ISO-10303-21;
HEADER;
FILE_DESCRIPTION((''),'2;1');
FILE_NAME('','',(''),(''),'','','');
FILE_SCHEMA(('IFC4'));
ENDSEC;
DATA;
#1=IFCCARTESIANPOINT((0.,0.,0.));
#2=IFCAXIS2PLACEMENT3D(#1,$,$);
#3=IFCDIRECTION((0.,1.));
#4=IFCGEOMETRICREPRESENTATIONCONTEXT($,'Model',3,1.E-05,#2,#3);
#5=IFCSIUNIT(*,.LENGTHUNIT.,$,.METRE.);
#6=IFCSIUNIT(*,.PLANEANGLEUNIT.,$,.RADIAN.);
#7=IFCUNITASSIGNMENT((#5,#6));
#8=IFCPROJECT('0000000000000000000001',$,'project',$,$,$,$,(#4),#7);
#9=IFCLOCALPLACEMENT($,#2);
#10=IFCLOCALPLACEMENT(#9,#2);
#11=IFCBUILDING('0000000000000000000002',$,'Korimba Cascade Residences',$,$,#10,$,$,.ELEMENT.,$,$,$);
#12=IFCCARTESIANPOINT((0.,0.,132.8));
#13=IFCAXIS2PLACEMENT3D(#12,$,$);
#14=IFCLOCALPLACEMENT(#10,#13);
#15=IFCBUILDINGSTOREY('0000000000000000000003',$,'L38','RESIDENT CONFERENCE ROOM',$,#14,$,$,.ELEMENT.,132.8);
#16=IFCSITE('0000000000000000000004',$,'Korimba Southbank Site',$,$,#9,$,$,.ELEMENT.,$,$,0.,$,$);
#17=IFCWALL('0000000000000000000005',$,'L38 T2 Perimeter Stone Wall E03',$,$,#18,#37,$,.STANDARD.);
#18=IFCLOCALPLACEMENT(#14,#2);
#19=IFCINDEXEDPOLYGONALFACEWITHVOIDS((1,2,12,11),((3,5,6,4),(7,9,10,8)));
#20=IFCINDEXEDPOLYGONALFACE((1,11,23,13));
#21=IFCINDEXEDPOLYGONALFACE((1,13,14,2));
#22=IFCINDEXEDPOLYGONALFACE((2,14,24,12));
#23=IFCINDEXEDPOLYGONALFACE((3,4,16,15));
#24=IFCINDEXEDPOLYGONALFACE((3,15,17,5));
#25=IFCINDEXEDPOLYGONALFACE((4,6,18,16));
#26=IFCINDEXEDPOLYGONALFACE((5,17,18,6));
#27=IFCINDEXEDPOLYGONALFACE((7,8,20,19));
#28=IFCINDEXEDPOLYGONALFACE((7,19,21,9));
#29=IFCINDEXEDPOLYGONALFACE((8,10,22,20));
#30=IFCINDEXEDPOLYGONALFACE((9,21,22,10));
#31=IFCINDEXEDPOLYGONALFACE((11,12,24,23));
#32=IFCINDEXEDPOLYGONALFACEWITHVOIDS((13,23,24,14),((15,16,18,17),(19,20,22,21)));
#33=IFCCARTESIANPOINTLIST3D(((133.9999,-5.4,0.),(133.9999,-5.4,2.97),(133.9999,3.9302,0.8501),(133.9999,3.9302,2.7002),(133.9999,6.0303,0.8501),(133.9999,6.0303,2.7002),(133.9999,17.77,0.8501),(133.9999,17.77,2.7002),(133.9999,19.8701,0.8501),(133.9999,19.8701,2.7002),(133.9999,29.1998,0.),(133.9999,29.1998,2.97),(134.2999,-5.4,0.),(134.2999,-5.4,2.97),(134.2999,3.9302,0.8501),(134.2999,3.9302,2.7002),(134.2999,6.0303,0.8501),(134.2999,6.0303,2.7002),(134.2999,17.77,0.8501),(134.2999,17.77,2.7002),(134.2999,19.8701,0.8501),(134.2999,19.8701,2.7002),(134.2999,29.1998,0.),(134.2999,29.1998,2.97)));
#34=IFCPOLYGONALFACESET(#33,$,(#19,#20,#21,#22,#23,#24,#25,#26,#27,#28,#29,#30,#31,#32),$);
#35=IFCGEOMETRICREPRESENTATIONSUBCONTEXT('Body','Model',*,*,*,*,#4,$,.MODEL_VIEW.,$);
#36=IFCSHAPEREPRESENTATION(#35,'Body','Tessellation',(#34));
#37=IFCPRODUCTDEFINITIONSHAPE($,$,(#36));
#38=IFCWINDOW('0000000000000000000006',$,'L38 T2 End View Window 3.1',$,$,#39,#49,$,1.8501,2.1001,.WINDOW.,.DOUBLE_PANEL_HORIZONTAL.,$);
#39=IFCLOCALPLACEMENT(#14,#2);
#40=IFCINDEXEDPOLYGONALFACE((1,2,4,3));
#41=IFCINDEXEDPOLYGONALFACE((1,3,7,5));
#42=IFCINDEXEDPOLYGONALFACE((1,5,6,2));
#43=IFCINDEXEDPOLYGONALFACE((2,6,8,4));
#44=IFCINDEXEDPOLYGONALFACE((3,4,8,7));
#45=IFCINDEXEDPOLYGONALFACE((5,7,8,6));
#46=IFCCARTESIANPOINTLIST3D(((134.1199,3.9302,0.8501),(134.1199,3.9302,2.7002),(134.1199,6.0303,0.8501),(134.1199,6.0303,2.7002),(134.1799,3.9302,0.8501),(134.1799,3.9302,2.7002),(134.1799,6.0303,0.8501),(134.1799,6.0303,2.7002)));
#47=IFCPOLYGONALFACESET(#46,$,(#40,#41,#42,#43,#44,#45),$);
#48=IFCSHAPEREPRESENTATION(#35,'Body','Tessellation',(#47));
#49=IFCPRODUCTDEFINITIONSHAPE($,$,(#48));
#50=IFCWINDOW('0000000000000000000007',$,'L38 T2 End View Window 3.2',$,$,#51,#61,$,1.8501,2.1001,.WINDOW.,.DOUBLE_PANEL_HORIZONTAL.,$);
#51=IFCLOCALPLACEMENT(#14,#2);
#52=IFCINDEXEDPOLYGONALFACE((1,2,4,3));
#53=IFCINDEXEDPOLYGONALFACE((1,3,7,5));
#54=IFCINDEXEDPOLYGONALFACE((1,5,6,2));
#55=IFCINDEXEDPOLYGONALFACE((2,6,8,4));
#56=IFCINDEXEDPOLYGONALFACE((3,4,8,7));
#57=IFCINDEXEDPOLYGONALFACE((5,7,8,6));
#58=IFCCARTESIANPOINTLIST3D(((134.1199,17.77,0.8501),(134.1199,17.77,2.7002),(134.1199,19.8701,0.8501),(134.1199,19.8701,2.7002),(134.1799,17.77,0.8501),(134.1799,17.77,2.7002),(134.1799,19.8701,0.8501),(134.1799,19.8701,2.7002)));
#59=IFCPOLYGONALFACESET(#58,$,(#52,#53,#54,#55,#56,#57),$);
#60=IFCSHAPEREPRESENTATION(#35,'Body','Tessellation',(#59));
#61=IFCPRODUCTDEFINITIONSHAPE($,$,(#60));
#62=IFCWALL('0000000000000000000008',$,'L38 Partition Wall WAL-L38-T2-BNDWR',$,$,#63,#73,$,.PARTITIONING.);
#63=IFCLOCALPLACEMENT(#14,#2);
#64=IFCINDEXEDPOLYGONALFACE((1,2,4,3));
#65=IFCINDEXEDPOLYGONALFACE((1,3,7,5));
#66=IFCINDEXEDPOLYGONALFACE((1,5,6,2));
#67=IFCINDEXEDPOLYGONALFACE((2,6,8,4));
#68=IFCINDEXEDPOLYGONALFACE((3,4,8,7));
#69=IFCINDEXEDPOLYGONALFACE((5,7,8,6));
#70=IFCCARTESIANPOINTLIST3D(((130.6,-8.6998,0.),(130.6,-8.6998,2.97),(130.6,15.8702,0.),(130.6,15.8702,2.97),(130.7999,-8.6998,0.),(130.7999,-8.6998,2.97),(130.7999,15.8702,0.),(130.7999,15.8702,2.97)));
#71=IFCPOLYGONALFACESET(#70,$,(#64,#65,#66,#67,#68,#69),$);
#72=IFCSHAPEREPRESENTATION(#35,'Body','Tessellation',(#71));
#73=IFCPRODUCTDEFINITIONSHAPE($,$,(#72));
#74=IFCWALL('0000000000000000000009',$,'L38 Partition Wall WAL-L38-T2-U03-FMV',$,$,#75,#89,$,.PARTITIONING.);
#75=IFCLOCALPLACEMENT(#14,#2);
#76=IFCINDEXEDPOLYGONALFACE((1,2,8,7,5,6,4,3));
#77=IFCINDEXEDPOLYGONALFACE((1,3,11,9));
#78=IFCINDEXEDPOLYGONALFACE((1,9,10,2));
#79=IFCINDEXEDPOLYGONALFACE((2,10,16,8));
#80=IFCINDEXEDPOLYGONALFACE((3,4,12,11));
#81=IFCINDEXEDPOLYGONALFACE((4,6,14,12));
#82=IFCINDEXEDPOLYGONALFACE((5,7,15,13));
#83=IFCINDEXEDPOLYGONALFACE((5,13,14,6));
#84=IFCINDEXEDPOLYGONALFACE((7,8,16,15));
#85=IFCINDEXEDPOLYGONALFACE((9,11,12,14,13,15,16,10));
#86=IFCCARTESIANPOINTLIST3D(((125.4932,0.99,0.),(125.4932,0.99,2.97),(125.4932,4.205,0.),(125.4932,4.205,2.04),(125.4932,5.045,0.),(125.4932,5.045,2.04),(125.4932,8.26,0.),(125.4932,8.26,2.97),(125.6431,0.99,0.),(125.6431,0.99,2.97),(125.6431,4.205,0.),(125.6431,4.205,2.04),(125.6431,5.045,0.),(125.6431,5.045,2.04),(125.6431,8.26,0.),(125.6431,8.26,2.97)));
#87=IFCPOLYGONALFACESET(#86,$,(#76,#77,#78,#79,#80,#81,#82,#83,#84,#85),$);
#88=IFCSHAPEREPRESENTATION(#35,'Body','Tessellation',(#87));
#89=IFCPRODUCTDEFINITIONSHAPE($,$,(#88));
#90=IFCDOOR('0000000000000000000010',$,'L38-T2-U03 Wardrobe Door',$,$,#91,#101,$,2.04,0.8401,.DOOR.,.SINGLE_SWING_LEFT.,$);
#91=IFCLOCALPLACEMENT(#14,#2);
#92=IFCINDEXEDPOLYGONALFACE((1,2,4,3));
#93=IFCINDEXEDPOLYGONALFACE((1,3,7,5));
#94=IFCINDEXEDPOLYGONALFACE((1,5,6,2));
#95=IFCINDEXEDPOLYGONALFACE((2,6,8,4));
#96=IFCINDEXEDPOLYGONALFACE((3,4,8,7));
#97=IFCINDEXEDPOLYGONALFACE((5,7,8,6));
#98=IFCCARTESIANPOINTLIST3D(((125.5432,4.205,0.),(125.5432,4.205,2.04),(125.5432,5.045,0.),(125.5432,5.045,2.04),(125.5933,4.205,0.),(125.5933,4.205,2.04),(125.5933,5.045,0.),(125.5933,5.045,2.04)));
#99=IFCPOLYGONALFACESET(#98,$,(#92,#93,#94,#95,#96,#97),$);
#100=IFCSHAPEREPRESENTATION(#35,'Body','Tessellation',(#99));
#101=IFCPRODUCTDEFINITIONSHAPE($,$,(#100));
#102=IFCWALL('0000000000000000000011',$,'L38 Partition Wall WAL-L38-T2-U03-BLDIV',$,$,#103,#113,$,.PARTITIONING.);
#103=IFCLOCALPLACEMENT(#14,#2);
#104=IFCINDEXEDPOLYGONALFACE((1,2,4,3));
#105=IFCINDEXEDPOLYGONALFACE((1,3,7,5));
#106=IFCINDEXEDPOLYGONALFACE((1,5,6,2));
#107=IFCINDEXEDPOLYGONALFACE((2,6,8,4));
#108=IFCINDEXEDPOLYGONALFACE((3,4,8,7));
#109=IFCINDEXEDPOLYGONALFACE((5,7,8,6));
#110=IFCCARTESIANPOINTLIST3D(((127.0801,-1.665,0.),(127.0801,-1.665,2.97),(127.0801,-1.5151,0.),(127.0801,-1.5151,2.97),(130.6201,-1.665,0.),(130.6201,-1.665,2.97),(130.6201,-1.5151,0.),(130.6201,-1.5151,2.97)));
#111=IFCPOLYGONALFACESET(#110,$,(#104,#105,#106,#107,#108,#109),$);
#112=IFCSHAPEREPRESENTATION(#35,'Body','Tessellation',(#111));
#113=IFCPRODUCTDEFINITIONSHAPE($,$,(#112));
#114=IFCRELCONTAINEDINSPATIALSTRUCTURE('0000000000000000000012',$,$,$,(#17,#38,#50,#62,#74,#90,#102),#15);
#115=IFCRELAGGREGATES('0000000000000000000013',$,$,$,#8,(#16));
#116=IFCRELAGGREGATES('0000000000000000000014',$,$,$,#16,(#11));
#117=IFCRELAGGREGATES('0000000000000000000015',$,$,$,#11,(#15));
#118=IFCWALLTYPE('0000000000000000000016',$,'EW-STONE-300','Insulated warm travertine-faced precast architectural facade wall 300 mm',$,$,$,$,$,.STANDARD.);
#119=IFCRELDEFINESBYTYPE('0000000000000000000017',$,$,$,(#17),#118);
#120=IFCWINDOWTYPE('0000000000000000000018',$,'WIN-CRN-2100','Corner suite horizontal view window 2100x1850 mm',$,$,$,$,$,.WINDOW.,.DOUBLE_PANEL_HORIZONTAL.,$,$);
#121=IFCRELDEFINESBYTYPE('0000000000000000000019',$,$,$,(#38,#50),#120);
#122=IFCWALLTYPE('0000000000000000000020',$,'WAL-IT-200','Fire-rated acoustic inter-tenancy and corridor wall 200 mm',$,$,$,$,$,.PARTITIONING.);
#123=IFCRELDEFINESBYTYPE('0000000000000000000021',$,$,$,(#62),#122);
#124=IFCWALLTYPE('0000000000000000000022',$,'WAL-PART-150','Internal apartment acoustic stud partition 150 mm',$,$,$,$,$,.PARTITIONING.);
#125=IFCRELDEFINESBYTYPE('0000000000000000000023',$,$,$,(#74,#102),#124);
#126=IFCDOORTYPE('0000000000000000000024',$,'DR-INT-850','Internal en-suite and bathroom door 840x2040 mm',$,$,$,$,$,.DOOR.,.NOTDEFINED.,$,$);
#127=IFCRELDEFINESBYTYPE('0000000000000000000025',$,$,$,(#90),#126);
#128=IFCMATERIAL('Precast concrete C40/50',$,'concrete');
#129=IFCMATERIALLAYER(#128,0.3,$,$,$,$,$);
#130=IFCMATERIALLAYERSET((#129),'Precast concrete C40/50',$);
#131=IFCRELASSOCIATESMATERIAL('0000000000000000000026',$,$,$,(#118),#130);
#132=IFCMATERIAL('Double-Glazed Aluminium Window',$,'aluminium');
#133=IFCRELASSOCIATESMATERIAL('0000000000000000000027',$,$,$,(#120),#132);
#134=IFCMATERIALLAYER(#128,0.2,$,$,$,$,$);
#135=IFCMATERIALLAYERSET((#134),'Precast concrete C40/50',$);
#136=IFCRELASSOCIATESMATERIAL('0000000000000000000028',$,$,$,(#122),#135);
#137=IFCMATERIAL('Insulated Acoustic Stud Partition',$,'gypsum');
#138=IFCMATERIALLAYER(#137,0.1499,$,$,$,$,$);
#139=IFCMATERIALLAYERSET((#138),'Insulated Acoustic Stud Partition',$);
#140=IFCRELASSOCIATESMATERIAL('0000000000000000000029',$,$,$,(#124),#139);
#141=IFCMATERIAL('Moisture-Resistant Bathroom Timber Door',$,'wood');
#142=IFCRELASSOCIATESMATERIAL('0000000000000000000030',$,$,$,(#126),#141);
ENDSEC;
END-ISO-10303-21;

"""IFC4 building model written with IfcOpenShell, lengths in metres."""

from ifc_helpers import new_model, si_unit, direction, frame, frame_2d, origin, place, context, subcontext, project, spatial, rectangle, extrude, material, layer, layer_set, type_object, element, fill, save


model = new_model("IFC4")

# Units and contexts
model_context = context("Model", 3, precision=1e-05, world=origin(), true_north=direction((0.0, 1.0)))
body_context = subcontext(model_context, "Body", "Model", "MODEL_VIEW")
ifc_project = project(units=[si_unit("LENGTHUNIT", "METRE"), si_unit("PLANEANGLEUNIT", "RADIAN")], contexts=[model_context])

# Site, building, storey
site_placement = place(None, origin())
site = spatial("IfcSite", under=ifc_project, at=site_placement, Name="Korimba Southbank Site", CompositionType="ELEMENT", RefElevation=0.0)
building_placement = place(site_placement, origin())
building = spatial("IfcBuilding", under=site, at=building_placement, Name="Korimba Cascade Residences", CompositionType="ELEMENT")
storey_placement = place(building_placement, frame((0.0, 0.0, 132.8)))
storey = spatial("IfcBuildingStorey", under=building, at=storey_placement, Name="L38", Description="RESIDENT CONFERENCE ROOM", CompositionType="ELEMENT", Elevation=132.8)

# Shared definitions
ifc_material_1 = material(Name="Precast concrete C40/50", Category="concrete")
ifc_layer_1 = layer(ifc_material_1, 0.3)
ifc_layer_set_1 = layer_set([ifc_layer_1], Name="Precast concrete C40/50")
wall_type_1 = type_object("IfcWallType", Name="EW-STONE-300", Description="Insulated warm travertine-faced precast architectural facade wall 300 mm", PredefinedType="STANDARD", material=ifc_layer_set_1)

# Wall, openings, windows
wall_1_placement = place(storey_placement, frame((134.1499, -5.3999, 0.0), z_axis=(0.0, 0.0, 1.0), x_axis=(0.0, 1.0, 0.0)))
wall_1 = element("IfcWall", 1, at=wall_1_placement, inside=storey, type_object=wall_type_1, Name="L38 T2 Perimeter Stone Wall E03", PredefinedType="STANDARD", context=body_context, shape_type="SweptSolid", body=[
    extrude(rectangle(XDim=34.5999, YDim=0.3, at=frame_2d((17.2998, 0.0))), origin(), (0.0, 0.0, 1.0), 2.97),
])
opening_1_placement = place(wall_1_placement, frame((9.3301, 0.0, 0.8501)))
opening_1 = element("IfcOpeningElement", 2, at=opening_1_placement, cuts=wall_1, PredefinedType="OPENING", context=body_context, shape_type="SweptSolid", body=[
    extrude(rectangle(XDim=2.1001, YDim=1.8501, at=frame_2d((1.05, 0.925))), frame((0.0, 0.1602, 0.0), z_axis=(0.0, -1.0, 0.0), x_axis=(1.0, 0.0, 0.0)), (0.0, 0.0, 1.0), 0.3201),
])
opening_2_placement = place(wall_1_placement, frame((23.1699, 0.0, 0.8501)))
opening_2 = element("IfcOpeningElement", 3, at=opening_2_placement, cuts=wall_1, PredefinedType="OPENING", context=body_context, shape_type="SweptSolid", body=[
    extrude(rectangle(XDim=2.1001, YDim=1.8501, at=frame_2d((1.05, 0.925))), frame((0.0, 0.1602, 0.0), z_axis=(0.0, -1.0, 0.0), x_axis=(1.0, 0.0, 0.0)), (0.0, 0.0, 1.0), 0.3201),
])
ifc_material_2 = material(Name="Double-Glazed Aluminium Window", Category="aluminium")
window_type = type_object("IfcWindowType", Name="WIN-CRN-2100", Description="Corner suite horizontal view window 2100x1850 mm", PartitioningType="DOUBLE_PANEL_HORIZONTAL", PredefinedType="WINDOW", material=ifc_material_2)
window_1_placement = place(opening_1_placement, origin())
window_1 = element("IfcWindow", 4, at=window_1_placement, inside=storey, type_object=window_type, Name="L38 T2 End View Window 3.1", OverallHeight=1.8501, OverallWidth=2.1001, PartitioningType="DOUBLE_PANEL_HORIZONTAL", PredefinedType="WINDOW", context=body_context, shape_type="SweptSolid", body=[
    extrude(rectangle(XDim=2.1001, YDim=1.8501, at=frame_2d((1.05, 0.925))), frame((0.0, 0.03, 0.0), z_axis=(0.0, -1.0, 0.0), x_axis=(1.0, 0.0, 0.0)), (0.0, 0.0, 1.0), 0.0601),
])
fill(opening_1, window_1)
window_2_placement = place(opening_2_placement, origin())
window_2 = element("IfcWindow", 5, at=window_2_placement, inside=storey, type_object=window_type, Name="L38 T2 End View Window 3.2", OverallHeight=1.8501, OverallWidth=2.1001, PartitioningType="DOUBLE_PANEL_HORIZONTAL", PredefinedType="WINDOW", context=body_context, shape_type="SweptSolid", body=[
    extrude(rectangle(XDim=2.1001, YDim=1.8501, at=frame_2d((1.05, 0.925))), frame((0.0, 0.03, 0.0), z_axis=(0.0, -1.0, 0.0), x_axis=(1.0, 0.0, 0.0)), (0.0, 0.0, 1.0), 0.0601),
])
fill(opening_2, window_2)

# Wall
ifc_layer_2 = layer(ifc_material_1, 0.2)
ifc_layer_set_2 = layer_set([ifc_layer_2], Name="Precast concrete C40/50")
wall_type_2 = type_object("IfcWallType", Name="WAL-IT-200", Description="Fire-rated acoustic inter-tenancy and corridor wall 200 mm", PredefinedType="PARTITIONING", material=ifc_layer_set_2)
wall_2_placement = place(storey_placement, frame((130.7, -8.7, 0.0), z_axis=(0.0, 0.0, 1.0), x_axis=(0.0, 1.0, 0.0)))
element("IfcWall", 6, at=wall_2_placement, inside=storey, type_object=wall_type_2, Name="L38 Partition Wall WAL-L38-T2-BNDWR", PredefinedType="PARTITIONING", context=body_context, shape_type="SweptSolid", body=[
    extrude(rectangle(XDim=24.5701, YDim=0.2, at=frame_2d((12.2852, 0.0))), origin(), (0.0, 0.0, 1.0), 2.97),
])

# Wall, opening, door
ifc_material_3 = material(Name="Insulated Acoustic Stud Partition", Category="gypsum")
ifc_layer_3 = layer(ifc_material_3, 0.1499)
ifc_layer_set_3 = layer_set([ifc_layer_3], Name="Insulated Acoustic Stud Partition")
wall_type_3 = type_object("IfcWallType", Name="WAL-PART-150", Description="Internal apartment acoustic stud partition 150 mm", PredefinedType="PARTITIONING", material=ifc_layer_set_3)
wall_3_placement = place(storey_placement, frame((125.5681, 0.99, 0.0), z_axis=(0.0, 0.0, 1.0), x_axis=(0.0, 1.0, 0.0)))
wall_3 = element("IfcWall", 7, at=wall_3_placement, inside=storey, type_object=wall_type_3, Name="L38 Partition Wall WAL-L38-T2-U03-FMV", PredefinedType="PARTITIONING", context=body_context, shape_type="SweptSolid", body=[
    extrude(rectangle(XDim=7.27, YDim=0.1499, at=frame_2d((3.635, 0.0))), origin(), (0.0, 0.0, 1.0), 2.97),
])
opening_3_placement = place(wall_3_placement, frame((3.2151, 0.0, 0.0)))
opening_3 = element("IfcOpeningElement", 8, at=opening_3_placement, cuts=wall_3, PredefinedType="OPENING", context=body_context, shape_type="SweptSolid", body=[
    extrude(rectangle(XDim=0.8401, YDim=2.04, at=frame_2d((0.4199, 1.02))), frame((0.0, 0.085, 0.0), z_axis=(0.0, -1.0, 0.0), x_axis=(1.0, 0.0, 0.0)), (0.0, 0.0, 1.0), 0.1699),
])
ifc_material_4 = material(Name="Moisture-Resistant Bathroom Timber Door", Category="wood")
door_type_1 = type_object("IfcDoorType", Name="DR-INT-850", Description="Internal en-suite and bathroom door 840x2040 mm", OperationType="NOTDEFINED", PredefinedType="DOOR", material=ifc_material_4)
door_1_placement = place(opening_3_placement, origin())
door_1 = element("IfcDoor", 9, at=door_1_placement, inside=storey, type_object=door_type_1, Name="L38-T2-U03 Wardrobe Door", OperationType="SINGLE_SWING_LEFT", OverallHeight=2.04, OverallWidth=0.8401, PredefinedType="DOOR", context=body_context, shape_type="SweptSolid", body=[
    extrude(rectangle(XDim=0.8401, YDim=2.04, at=frame_2d((0.4199, 1.02))), frame((0.0, 0.0249, 0.0), z_axis=(0.0, -1.0, 0.0), x_axis=(1.0, 0.0, 0.0)), (0.0, 0.0, 1.0), 0.05),
])
fill(opening_3, door_1)

# Wall
wall_4_placement = place(storey_placement, frame((127.0801, -1.5901, 0.0), z_axis=(0.0, 0.0, 1.0), x_axis=(1.0, 0.0, 0.0)))
element("IfcWall", 10, at=wall_4_placement, inside=storey, type_object=wall_type_3, Name="L38 Partition Wall WAL-L38-T2-U03-BLDIV", PredefinedType="PARTITIONING", context=body_context, shape_type="SweptSolid", body=[
    extrude(rectangle(XDim=3.54, YDim=0.1499, at=frame_2d((1.77, 0.0))), origin(), (0.0, 0.0, 1.0), 2.97),
])

save(model, "model.ifc")
